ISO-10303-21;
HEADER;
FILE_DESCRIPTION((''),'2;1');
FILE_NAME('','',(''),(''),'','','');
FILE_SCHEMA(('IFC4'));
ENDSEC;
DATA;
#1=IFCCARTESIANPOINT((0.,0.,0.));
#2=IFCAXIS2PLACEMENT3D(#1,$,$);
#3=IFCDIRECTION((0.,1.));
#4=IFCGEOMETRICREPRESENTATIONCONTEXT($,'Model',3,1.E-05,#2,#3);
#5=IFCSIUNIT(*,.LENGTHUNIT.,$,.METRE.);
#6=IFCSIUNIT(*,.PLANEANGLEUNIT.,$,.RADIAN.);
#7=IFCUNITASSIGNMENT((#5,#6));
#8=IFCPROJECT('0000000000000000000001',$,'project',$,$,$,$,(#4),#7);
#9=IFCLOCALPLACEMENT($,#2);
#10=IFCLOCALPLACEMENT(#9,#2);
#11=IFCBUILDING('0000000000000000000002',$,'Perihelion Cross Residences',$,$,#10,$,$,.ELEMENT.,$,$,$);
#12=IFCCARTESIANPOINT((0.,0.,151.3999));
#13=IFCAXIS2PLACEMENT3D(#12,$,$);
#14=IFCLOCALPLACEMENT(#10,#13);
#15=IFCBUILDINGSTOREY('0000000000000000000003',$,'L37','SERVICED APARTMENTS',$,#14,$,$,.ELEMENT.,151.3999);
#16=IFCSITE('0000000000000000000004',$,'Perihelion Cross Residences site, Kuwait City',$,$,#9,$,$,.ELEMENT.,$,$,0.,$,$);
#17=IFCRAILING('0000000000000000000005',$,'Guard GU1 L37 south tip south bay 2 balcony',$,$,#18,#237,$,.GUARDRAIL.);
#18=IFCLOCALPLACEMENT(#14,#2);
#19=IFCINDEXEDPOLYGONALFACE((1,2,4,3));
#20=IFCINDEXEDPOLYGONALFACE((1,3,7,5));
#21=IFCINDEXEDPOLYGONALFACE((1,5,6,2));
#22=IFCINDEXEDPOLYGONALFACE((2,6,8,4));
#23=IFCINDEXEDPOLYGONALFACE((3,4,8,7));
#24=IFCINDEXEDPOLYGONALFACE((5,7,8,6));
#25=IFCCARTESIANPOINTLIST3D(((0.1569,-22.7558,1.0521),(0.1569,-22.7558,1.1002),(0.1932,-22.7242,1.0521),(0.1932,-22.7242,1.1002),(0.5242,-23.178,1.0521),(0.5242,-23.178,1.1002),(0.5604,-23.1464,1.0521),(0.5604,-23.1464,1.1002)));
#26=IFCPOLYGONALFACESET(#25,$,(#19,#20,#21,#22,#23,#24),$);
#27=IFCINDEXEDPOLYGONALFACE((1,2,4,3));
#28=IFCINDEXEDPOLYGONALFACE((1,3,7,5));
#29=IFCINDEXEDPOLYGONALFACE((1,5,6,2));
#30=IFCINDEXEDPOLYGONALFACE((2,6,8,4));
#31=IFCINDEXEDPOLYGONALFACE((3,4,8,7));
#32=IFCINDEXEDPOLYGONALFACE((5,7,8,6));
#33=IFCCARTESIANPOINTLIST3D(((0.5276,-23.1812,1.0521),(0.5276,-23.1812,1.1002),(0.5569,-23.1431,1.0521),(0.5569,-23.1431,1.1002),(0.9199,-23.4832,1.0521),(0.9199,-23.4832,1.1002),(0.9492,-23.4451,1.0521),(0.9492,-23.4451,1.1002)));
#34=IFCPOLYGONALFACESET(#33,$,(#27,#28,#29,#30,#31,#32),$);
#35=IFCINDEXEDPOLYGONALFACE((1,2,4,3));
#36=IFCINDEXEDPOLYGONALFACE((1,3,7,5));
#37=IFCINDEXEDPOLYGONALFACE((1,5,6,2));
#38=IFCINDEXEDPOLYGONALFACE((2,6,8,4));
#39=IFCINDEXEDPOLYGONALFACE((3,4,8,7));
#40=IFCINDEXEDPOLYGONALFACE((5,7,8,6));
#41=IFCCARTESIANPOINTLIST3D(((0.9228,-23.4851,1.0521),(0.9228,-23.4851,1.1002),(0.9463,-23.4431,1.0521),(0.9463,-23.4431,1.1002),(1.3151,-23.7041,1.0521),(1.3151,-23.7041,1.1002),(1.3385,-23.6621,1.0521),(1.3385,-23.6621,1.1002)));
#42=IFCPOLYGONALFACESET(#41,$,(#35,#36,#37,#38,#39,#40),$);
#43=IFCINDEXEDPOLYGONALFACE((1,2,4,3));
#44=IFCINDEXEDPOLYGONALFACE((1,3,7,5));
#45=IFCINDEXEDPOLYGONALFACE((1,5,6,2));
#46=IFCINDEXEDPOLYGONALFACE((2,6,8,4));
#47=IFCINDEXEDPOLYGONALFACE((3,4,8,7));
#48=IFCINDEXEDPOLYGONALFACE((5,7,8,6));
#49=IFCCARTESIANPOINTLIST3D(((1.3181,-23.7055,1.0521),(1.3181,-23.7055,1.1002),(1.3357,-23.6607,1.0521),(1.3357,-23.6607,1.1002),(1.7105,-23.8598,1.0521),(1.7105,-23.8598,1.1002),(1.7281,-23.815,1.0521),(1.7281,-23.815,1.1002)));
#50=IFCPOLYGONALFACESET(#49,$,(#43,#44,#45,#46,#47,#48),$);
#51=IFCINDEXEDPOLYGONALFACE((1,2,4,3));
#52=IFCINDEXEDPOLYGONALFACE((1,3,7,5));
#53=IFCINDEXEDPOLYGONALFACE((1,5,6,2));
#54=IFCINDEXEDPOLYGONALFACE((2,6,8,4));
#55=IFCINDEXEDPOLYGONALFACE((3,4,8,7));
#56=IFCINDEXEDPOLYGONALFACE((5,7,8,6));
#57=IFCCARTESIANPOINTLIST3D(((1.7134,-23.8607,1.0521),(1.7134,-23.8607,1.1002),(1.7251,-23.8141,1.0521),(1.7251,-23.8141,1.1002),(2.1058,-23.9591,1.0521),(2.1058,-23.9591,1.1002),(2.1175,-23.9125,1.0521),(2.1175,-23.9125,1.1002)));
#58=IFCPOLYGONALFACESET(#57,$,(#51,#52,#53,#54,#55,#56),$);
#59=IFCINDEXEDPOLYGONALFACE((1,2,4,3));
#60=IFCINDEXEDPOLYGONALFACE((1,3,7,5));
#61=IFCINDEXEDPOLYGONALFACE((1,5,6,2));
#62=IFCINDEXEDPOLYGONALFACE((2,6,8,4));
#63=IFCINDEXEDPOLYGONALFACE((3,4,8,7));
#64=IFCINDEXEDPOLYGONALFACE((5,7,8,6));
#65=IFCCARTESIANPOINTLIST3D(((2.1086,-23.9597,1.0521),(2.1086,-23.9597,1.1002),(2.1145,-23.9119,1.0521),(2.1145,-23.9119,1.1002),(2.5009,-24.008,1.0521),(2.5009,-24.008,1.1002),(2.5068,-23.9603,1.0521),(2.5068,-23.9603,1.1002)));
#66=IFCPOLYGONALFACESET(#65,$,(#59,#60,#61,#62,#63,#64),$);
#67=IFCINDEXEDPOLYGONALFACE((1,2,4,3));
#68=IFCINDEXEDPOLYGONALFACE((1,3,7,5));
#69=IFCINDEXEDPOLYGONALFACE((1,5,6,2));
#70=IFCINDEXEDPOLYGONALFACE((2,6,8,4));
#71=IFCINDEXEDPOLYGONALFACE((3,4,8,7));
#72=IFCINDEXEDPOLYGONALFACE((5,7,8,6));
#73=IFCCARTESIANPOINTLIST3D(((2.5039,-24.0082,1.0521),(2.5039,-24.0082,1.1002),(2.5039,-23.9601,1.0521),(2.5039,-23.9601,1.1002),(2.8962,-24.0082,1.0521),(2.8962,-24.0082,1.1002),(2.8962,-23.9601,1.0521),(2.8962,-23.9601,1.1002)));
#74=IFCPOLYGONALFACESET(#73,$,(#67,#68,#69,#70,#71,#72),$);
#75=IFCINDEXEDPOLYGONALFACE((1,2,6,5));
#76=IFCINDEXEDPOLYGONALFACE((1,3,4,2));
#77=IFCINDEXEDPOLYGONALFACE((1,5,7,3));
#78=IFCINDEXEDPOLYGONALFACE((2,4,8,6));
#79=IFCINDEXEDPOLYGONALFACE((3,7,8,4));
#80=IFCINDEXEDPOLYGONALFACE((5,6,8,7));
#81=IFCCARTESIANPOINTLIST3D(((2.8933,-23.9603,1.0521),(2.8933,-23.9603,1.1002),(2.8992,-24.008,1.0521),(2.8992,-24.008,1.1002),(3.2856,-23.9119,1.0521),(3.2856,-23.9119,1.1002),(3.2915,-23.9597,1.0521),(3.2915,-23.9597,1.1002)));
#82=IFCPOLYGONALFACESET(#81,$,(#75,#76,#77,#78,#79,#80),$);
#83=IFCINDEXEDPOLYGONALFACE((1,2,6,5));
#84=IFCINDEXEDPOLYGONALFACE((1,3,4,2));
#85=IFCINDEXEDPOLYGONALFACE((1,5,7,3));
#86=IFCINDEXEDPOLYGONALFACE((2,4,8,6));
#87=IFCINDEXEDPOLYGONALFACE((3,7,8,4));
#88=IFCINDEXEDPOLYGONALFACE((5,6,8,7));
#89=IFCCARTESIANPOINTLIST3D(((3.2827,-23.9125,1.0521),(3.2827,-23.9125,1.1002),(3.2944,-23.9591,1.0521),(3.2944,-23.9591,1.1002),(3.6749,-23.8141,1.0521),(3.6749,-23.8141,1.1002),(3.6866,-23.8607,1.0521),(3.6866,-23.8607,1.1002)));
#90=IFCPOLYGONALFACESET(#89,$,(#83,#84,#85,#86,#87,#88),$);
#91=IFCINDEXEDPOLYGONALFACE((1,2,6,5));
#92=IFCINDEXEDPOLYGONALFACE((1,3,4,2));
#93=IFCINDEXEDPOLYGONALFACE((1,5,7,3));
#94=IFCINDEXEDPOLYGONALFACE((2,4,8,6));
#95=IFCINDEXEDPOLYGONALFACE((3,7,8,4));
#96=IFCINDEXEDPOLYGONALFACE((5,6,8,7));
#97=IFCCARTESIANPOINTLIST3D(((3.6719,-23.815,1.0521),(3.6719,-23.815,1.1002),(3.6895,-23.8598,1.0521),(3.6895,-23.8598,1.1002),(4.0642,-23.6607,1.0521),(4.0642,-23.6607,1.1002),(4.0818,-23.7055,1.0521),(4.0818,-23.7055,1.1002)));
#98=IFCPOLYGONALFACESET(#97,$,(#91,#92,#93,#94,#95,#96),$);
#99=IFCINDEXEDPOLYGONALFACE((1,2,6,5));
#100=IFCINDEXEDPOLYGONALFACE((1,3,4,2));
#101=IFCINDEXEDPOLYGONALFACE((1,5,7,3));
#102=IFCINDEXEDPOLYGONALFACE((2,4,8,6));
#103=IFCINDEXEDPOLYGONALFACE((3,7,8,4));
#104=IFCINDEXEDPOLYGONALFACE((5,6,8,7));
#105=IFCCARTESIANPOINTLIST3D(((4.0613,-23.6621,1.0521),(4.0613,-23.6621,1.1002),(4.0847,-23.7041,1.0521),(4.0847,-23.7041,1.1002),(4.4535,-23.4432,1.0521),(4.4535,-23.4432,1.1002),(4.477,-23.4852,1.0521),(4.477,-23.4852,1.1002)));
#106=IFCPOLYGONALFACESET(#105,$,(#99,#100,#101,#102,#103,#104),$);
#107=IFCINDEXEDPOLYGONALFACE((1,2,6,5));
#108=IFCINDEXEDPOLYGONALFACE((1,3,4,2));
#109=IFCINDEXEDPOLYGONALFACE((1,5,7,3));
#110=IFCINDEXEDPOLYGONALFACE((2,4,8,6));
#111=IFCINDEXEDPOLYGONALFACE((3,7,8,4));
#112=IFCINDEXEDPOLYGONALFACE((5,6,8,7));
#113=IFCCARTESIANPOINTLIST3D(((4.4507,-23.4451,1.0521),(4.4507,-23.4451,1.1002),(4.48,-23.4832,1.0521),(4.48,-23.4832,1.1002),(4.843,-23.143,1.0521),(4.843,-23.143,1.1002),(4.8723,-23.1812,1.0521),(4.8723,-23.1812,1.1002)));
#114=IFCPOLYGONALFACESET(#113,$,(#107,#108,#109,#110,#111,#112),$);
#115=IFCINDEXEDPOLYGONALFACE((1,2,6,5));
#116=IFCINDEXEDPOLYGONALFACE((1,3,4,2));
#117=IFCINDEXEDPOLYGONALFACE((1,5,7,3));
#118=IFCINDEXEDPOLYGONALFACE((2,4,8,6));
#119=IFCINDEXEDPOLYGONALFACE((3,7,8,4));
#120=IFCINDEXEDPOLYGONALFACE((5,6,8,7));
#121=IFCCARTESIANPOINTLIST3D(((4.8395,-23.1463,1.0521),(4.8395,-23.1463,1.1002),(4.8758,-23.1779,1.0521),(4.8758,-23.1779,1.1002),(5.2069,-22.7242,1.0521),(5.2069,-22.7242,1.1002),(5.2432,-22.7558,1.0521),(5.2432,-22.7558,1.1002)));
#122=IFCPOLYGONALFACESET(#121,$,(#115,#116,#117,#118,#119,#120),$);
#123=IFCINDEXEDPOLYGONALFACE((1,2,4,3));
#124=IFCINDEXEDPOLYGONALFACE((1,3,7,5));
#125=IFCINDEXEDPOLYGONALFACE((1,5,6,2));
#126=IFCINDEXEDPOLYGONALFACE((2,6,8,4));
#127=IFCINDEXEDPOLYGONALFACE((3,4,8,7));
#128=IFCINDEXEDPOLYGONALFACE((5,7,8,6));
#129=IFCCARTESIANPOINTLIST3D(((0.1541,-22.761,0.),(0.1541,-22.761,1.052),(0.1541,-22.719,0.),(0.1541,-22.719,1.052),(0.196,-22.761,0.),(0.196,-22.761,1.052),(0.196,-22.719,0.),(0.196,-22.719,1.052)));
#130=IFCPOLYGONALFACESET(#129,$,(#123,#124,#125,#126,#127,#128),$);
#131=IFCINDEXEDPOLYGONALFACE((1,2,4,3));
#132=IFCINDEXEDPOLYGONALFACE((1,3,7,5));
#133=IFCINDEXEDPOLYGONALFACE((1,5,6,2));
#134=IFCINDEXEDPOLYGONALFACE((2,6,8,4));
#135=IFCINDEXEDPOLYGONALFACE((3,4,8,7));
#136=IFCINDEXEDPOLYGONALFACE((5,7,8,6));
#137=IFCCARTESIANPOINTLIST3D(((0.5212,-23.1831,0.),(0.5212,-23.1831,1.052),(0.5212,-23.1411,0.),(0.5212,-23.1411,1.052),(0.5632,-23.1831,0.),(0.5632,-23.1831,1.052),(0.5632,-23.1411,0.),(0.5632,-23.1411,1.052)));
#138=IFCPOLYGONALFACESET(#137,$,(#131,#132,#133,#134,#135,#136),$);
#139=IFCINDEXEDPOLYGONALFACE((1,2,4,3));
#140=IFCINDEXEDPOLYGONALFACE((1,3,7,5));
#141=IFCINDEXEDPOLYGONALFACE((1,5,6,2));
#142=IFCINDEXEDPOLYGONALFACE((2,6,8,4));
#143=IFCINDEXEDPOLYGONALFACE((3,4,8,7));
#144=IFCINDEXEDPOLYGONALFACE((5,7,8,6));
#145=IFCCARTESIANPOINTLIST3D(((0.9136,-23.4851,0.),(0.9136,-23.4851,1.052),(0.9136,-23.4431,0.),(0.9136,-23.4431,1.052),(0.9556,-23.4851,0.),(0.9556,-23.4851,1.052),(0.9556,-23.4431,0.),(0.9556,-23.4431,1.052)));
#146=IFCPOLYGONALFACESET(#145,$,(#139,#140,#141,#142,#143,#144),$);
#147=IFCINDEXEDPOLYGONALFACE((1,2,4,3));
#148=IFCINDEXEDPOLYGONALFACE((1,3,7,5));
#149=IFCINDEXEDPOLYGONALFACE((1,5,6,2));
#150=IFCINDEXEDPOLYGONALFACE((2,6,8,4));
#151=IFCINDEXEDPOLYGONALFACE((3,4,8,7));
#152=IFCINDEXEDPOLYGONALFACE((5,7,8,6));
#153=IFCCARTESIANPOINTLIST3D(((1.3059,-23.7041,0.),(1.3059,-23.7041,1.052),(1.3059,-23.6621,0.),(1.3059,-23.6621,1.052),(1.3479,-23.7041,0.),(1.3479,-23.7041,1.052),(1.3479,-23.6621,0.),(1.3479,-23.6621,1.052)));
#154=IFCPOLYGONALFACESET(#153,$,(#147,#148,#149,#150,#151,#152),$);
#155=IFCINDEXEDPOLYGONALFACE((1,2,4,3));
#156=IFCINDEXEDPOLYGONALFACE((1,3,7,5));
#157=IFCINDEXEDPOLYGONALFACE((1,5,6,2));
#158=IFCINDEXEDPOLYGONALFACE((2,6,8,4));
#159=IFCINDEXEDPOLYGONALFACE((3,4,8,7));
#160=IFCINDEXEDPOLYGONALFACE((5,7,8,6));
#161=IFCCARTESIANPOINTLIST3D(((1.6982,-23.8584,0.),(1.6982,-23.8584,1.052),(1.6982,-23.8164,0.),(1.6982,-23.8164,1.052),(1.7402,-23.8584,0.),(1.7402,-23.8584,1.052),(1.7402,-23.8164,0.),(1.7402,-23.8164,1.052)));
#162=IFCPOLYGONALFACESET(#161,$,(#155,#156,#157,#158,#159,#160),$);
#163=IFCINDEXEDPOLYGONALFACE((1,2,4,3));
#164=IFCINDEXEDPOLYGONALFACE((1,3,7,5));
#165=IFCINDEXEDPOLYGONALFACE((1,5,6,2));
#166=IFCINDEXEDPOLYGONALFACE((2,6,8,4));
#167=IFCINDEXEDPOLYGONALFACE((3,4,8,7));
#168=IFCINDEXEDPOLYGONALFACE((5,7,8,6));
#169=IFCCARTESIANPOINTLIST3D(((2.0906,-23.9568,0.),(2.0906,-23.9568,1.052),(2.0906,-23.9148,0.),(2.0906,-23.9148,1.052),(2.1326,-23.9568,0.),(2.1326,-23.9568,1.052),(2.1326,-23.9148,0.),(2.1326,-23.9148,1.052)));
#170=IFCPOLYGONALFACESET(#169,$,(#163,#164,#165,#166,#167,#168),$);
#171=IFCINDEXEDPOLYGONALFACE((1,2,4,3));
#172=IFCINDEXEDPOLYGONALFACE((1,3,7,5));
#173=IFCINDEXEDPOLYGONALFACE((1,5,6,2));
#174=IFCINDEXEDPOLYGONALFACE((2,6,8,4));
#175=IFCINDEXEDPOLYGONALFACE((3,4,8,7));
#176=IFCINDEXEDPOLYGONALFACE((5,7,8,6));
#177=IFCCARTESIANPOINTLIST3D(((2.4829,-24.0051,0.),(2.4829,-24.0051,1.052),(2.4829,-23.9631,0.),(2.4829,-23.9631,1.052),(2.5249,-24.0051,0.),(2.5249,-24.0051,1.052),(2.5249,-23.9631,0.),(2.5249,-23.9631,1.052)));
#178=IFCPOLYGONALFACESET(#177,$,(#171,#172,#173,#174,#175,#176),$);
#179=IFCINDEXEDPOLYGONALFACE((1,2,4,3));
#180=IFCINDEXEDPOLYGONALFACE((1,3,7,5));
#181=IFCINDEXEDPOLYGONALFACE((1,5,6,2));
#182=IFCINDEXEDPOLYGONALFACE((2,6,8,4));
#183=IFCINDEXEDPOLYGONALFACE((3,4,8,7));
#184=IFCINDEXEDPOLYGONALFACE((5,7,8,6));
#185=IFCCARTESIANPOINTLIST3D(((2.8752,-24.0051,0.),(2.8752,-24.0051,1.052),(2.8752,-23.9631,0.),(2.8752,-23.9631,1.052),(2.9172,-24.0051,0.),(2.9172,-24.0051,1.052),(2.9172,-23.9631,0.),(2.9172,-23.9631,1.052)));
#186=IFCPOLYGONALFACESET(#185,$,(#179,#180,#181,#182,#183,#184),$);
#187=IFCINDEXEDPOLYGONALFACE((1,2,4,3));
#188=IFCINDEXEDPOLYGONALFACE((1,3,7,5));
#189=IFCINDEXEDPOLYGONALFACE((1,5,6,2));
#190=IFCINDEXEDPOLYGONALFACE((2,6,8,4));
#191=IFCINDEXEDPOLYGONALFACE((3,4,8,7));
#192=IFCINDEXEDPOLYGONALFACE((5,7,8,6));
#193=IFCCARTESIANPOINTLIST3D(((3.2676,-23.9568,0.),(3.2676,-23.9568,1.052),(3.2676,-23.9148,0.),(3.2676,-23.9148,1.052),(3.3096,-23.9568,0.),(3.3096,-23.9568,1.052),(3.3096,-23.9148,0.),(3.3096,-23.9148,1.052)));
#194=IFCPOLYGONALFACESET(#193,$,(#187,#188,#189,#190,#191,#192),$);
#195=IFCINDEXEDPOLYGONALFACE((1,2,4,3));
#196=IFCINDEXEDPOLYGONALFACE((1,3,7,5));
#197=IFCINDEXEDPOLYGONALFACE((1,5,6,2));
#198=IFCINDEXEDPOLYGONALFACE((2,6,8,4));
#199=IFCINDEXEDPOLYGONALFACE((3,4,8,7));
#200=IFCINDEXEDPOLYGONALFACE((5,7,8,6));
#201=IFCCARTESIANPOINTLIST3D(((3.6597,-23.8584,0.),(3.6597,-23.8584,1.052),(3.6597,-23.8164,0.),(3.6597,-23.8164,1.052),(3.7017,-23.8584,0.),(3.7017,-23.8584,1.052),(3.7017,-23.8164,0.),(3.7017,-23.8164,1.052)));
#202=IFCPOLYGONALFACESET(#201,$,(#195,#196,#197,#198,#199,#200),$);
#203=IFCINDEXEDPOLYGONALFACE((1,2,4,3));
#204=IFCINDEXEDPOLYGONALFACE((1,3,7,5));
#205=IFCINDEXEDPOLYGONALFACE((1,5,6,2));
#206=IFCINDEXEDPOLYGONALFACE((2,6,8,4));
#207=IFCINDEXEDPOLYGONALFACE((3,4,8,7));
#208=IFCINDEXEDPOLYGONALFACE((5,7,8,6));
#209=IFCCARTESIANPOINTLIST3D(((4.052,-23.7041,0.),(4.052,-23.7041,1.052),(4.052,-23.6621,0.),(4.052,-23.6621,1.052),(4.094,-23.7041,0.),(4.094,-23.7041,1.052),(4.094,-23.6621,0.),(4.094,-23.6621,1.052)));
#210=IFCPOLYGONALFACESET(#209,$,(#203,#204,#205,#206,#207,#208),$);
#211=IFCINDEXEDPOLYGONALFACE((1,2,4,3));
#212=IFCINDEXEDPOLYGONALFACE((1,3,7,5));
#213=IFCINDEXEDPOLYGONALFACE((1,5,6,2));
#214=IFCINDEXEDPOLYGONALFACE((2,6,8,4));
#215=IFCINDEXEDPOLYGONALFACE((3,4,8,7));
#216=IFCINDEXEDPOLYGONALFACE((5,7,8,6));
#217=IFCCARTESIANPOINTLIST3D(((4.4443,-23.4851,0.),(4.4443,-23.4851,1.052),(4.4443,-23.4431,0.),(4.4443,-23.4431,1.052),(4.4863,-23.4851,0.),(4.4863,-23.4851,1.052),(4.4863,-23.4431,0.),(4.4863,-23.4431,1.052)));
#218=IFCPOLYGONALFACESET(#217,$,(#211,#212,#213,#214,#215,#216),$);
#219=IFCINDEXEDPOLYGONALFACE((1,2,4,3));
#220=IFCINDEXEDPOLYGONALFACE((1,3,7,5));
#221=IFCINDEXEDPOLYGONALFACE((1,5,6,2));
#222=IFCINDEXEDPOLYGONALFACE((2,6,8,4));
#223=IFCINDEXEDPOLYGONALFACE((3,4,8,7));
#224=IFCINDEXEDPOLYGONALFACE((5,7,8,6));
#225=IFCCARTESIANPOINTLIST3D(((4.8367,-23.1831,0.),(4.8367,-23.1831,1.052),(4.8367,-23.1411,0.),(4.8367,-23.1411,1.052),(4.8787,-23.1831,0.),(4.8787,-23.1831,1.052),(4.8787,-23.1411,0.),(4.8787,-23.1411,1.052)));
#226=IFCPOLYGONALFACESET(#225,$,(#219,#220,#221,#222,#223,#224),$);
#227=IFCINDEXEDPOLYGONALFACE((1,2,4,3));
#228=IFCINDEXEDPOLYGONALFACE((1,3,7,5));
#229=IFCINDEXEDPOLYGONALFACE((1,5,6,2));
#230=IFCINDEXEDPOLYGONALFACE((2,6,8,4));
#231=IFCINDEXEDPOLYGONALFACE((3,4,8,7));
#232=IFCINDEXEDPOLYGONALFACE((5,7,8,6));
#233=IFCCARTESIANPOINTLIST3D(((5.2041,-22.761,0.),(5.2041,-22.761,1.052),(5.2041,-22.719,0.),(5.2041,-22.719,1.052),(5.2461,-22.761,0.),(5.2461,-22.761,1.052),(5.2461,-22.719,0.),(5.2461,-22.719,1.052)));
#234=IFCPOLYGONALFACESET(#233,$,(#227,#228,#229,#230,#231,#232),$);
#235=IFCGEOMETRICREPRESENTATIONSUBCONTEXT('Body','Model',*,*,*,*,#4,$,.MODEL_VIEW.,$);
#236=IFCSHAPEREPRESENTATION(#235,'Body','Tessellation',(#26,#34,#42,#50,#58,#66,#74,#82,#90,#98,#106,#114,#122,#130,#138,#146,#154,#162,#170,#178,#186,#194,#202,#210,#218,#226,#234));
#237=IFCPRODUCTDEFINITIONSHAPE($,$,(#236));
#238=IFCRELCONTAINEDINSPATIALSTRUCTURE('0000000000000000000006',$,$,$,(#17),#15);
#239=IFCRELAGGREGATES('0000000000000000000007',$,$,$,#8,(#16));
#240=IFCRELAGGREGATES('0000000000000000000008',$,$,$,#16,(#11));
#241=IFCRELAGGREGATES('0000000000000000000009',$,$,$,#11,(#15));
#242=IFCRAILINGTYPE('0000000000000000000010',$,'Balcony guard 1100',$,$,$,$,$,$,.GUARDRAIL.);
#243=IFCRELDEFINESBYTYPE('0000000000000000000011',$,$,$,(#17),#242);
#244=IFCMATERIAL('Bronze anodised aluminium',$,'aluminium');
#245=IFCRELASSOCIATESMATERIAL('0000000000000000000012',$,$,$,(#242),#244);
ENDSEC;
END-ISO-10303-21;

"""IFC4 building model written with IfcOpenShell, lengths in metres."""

from ifc_helpers import new_model, si_unit, direction, frame, origin, origin_2d, place, context, subcontext, project, spatial, rectangle, extrude, material, type_object, element, save


model = new_model("IFC4")

# Units and contexts
model_context = context("Model", 3, precision=1e-05, world=origin(), true_north=direction((0.0, 1.0)))
body_context = subcontext(model_context, "Body", "Model", "MODEL_VIEW")
ifc_project = project(units=[si_unit("LENGTHUNIT", "METRE"), si_unit("PLANEANGLEUNIT", "RADIAN")], contexts=[model_context])

# Site, building, storey
site_placement = place(None, origin())
site = spatial("IfcSite", under=ifc_project, at=site_placement, Name="Perihelion Cross Residences site, Kuwait City", CompositionType="ELEMENT", RefElevation=0.0)
building_placement = place(site_placement, origin())
building = spatial("IfcBuilding", under=site, at=building_placement, Name="Perihelion Cross Residences", CompositionType="ELEMENT")
storey_placement = place(building_placement, frame((0.0, 0.0, 151.3999)))
storey = spatial("IfcBuildingStorey", under=building, at=storey_placement, Name="L37", Description="SERVICED APARTMENTS", CompositionType="ELEMENT", Elevation=151.3999)

# Railing
ifc_material_1 = material(Name="Bronze anodised aluminium", Category="aluminium")
railing_type = type_object("IfcRailingType", Name="Balcony guard 1100", PredefinedType="GUARDRAIL", material=ifc_material_1)
railing_placement = place(storey_placement, frame((0.175, -22.74, 0.0)))
element("IfcRailing", 1, at=railing_placement, inside=storey, type_object=railing_type, Name="Guard GU1 L37 south tip south bay 2 balcony", PredefinedType="GUARDRAIL", context=body_context, shape_type="SweptSolid", body=[
    extrude(rectangle(XDim=0.0481, YDim=0.0481, at=origin_2d()), frame((0.0, 0.0, 1.0762), z_axis=(0.656308, -0.754493, 0.0), x_axis=(0.754493, 0.656308, 0.0)), (0.0, 0.0, 1.0), 0.5596),
    extrude(rectangle(XDim=0.0481, YDim=0.0481, at=origin_2d()), frame((0.3672, -0.4221, 1.0762), z_axis=(0.792422, -0.609973, 0.0), x_axis=(0.609973, 0.792422, 0.0)), (0.0, 0.0, 1.0), 0.4951),
    extrude(rectangle(XDim=0.0481, YDim=0.0481, at=origin_2d()), frame((0.7595, -0.7241, 1.0762), z_axis=(0.873182, -0.487395, 0.0), x_axis=(0.487395, 0.873182, 0.0)), (0.0, 0.0, 1.0), 0.4492),
    extrude(rectangle(XDim=0.0481, YDim=0.0481, at=origin_2d()), frame((1.1519, -0.9431, 1.0762), z_axis=(0.930618, -0.365993, 0.0), x_axis=(0.365993, 0.930618, 0.0)), (0.0, 0.0, 1.0), 0.4216),
    extrude(rectangle(XDim=0.0481, YDim=0.0481, at=origin_2d()), frame((1.5442, -1.0974, 1.0762), z_axis=(0.969965, -0.243246, 0.0), x_axis=(0.243246, 0.969965, 0.0)), (0.0, 0.0, 1.0), 0.4045),
    extrude(rectangle(XDim=0.0481, YDim=0.0481, at=origin_2d()), frame((1.9365, -1.1958, 1.0762), z_axis=(0.992495, -0.122286, 0.0), x_axis=(0.122286, 0.992495, 0.0)), (0.0, 0.0, 1.0), 0.3953),
    extrude(rectangle(XDim=0.0481, YDim=0.0481, at=origin_2d()), frame((2.3289, -1.2441, 1.0762), z_axis=(1.0, 0.0, 0.0), x_axis=(0.0, 1.0, 0.0)), (0.0, 0.0, 1.0), 0.3923),
    extrude(rectangle(XDim=0.0481, YDim=0.0481, at=origin_2d()), frame((2.7212, -1.2441, 1.0762), z_axis=(0.992495, 0.122286, 0.0), x_axis=(-0.122286, 0.992495, 0.0)), (0.0, 0.0, 1.0), 0.3953),
    extrude(rectangle(XDim=0.0481, YDim=0.0481, at=origin_2d()), frame((3.1135, -1.1958, 1.0762), z_axis=(0.969929, 0.243388, 0.0), x_axis=(-0.243388, 0.969929, 0.0)), (0.0, 0.0, 1.0), 0.4043),
    extrude(rectangle(XDim=0.0481, YDim=0.0481, at=origin_2d()), frame((3.5056, -1.0974, 1.0762), z_axis=(0.930618, 0.365993, 0.0), x_axis=(-0.365993, 0.930618, 0.0)), (0.0, 0.0, 1.0), 0.4216),
    extrude(rectangle(XDim=0.0481, YDim=0.0481, at=origin_2d()), frame((3.8979, -0.9431, 1.0762), z_axis=(0.873182, 0.487395, 0.0), x_axis=(-0.487395, 0.873182, 0.0)), (0.0, 0.0, 1.0), 0.4492),
    extrude(rectangle(XDim=0.0481, YDim=0.0481, at=origin_2d()), frame((4.2903, -0.7241, 1.0762), z_axis=(0.792422, 0.609973, 0.0), x_axis=(-0.609973, 0.792422, 0.0)), (0.0, 0.0, 1.0), 0.4951),
    extrude(rectangle(XDim=0.0481, YDim=0.0481, at=origin_2d()), frame((4.6826, -0.4221, 1.0762), z_axis=(0.656557, 0.754277, 0.0), x_axis=(-0.754277, 0.656557, 0.0)), (0.0, 0.0, 1.0), 0.5596),
    extrude(rectangle(XDim=0.042, YDim=0.042, at=origin_2d()), origin(), (0.0, 0.0, 1.0), 1.052),
    extrude(rectangle(XDim=0.042, YDim=0.042, at=origin_2d()), frame((0.3672, -0.4221, 0.0)), (0.0, 0.0, 1.0), 1.052),
    extrude(rectangle(XDim=0.042, YDim=0.042, at=origin_2d()), frame((0.7595, -0.7241, 0.0)), (0.0, 0.0, 1.0), 1.052),
    extrude(rectangle(XDim=0.042, YDim=0.042, at=origin_2d()), frame((1.1519, -0.9431, 0.0)), (0.0, 0.0, 1.0), 1.052),
    extrude(rectangle(XDim=0.042, YDim=0.042, at=origin_2d()), frame((1.5442, -1.0974, 0.0)), (0.0, 0.0, 1.0), 1.052),
    extrude(rectangle(XDim=0.042, YDim=0.042, at=origin_2d()), frame((1.9365, -1.1958, 0.0)), (0.0, 0.0, 1.0), 1.052),
    extrude(rectangle(XDim=0.042, YDim=0.042, at=origin_2d()), frame((2.3289, -1.2441, 0.0)), (0.0, 0.0, 1.0), 1.052),
    extrude(rectangle(XDim=0.042, YDim=0.042, at=origin_2d()), frame((2.7212, -1.2441, 0.0)), (0.0, 0.0, 1.0), 1.052),
    extrude(rectangle(XDim=0.042, YDim=0.042, at=origin_2d()), frame((3.1135, -1.1958, 0.0)), (0.0, 0.0, 1.0), 1.052),
    extrude(rectangle(XDim=0.042, YDim=0.042, at=origin_2d()), frame((3.5056, -1.0974, 0.0)), (0.0, 0.0, 1.0), 1.052),
    extrude(rectangle(XDim=0.042, YDim=0.042, at=origin_2d()), frame((3.8979, -0.9431, 0.0)), (0.0, 0.0, 1.0), 1.052),
    extrude(rectangle(XDim=0.042, YDim=0.042, at=origin_2d()), frame((4.2903, -0.7241, 0.0)), (0.0, 0.0, 1.0), 1.052),
    extrude(rectangle(XDim=0.042, YDim=0.042, at=origin_2d()), frame((4.6826, -0.4221, 0.0)), (0.0, 0.0, 1.0), 1.052),
    extrude(rectangle(XDim=0.042, YDim=0.042, at=origin_2d()), frame((5.05, 0.0, 0.0)), (0.0, 0.0, 1.0), 1.052),
])

save(model, "model.ifc")
